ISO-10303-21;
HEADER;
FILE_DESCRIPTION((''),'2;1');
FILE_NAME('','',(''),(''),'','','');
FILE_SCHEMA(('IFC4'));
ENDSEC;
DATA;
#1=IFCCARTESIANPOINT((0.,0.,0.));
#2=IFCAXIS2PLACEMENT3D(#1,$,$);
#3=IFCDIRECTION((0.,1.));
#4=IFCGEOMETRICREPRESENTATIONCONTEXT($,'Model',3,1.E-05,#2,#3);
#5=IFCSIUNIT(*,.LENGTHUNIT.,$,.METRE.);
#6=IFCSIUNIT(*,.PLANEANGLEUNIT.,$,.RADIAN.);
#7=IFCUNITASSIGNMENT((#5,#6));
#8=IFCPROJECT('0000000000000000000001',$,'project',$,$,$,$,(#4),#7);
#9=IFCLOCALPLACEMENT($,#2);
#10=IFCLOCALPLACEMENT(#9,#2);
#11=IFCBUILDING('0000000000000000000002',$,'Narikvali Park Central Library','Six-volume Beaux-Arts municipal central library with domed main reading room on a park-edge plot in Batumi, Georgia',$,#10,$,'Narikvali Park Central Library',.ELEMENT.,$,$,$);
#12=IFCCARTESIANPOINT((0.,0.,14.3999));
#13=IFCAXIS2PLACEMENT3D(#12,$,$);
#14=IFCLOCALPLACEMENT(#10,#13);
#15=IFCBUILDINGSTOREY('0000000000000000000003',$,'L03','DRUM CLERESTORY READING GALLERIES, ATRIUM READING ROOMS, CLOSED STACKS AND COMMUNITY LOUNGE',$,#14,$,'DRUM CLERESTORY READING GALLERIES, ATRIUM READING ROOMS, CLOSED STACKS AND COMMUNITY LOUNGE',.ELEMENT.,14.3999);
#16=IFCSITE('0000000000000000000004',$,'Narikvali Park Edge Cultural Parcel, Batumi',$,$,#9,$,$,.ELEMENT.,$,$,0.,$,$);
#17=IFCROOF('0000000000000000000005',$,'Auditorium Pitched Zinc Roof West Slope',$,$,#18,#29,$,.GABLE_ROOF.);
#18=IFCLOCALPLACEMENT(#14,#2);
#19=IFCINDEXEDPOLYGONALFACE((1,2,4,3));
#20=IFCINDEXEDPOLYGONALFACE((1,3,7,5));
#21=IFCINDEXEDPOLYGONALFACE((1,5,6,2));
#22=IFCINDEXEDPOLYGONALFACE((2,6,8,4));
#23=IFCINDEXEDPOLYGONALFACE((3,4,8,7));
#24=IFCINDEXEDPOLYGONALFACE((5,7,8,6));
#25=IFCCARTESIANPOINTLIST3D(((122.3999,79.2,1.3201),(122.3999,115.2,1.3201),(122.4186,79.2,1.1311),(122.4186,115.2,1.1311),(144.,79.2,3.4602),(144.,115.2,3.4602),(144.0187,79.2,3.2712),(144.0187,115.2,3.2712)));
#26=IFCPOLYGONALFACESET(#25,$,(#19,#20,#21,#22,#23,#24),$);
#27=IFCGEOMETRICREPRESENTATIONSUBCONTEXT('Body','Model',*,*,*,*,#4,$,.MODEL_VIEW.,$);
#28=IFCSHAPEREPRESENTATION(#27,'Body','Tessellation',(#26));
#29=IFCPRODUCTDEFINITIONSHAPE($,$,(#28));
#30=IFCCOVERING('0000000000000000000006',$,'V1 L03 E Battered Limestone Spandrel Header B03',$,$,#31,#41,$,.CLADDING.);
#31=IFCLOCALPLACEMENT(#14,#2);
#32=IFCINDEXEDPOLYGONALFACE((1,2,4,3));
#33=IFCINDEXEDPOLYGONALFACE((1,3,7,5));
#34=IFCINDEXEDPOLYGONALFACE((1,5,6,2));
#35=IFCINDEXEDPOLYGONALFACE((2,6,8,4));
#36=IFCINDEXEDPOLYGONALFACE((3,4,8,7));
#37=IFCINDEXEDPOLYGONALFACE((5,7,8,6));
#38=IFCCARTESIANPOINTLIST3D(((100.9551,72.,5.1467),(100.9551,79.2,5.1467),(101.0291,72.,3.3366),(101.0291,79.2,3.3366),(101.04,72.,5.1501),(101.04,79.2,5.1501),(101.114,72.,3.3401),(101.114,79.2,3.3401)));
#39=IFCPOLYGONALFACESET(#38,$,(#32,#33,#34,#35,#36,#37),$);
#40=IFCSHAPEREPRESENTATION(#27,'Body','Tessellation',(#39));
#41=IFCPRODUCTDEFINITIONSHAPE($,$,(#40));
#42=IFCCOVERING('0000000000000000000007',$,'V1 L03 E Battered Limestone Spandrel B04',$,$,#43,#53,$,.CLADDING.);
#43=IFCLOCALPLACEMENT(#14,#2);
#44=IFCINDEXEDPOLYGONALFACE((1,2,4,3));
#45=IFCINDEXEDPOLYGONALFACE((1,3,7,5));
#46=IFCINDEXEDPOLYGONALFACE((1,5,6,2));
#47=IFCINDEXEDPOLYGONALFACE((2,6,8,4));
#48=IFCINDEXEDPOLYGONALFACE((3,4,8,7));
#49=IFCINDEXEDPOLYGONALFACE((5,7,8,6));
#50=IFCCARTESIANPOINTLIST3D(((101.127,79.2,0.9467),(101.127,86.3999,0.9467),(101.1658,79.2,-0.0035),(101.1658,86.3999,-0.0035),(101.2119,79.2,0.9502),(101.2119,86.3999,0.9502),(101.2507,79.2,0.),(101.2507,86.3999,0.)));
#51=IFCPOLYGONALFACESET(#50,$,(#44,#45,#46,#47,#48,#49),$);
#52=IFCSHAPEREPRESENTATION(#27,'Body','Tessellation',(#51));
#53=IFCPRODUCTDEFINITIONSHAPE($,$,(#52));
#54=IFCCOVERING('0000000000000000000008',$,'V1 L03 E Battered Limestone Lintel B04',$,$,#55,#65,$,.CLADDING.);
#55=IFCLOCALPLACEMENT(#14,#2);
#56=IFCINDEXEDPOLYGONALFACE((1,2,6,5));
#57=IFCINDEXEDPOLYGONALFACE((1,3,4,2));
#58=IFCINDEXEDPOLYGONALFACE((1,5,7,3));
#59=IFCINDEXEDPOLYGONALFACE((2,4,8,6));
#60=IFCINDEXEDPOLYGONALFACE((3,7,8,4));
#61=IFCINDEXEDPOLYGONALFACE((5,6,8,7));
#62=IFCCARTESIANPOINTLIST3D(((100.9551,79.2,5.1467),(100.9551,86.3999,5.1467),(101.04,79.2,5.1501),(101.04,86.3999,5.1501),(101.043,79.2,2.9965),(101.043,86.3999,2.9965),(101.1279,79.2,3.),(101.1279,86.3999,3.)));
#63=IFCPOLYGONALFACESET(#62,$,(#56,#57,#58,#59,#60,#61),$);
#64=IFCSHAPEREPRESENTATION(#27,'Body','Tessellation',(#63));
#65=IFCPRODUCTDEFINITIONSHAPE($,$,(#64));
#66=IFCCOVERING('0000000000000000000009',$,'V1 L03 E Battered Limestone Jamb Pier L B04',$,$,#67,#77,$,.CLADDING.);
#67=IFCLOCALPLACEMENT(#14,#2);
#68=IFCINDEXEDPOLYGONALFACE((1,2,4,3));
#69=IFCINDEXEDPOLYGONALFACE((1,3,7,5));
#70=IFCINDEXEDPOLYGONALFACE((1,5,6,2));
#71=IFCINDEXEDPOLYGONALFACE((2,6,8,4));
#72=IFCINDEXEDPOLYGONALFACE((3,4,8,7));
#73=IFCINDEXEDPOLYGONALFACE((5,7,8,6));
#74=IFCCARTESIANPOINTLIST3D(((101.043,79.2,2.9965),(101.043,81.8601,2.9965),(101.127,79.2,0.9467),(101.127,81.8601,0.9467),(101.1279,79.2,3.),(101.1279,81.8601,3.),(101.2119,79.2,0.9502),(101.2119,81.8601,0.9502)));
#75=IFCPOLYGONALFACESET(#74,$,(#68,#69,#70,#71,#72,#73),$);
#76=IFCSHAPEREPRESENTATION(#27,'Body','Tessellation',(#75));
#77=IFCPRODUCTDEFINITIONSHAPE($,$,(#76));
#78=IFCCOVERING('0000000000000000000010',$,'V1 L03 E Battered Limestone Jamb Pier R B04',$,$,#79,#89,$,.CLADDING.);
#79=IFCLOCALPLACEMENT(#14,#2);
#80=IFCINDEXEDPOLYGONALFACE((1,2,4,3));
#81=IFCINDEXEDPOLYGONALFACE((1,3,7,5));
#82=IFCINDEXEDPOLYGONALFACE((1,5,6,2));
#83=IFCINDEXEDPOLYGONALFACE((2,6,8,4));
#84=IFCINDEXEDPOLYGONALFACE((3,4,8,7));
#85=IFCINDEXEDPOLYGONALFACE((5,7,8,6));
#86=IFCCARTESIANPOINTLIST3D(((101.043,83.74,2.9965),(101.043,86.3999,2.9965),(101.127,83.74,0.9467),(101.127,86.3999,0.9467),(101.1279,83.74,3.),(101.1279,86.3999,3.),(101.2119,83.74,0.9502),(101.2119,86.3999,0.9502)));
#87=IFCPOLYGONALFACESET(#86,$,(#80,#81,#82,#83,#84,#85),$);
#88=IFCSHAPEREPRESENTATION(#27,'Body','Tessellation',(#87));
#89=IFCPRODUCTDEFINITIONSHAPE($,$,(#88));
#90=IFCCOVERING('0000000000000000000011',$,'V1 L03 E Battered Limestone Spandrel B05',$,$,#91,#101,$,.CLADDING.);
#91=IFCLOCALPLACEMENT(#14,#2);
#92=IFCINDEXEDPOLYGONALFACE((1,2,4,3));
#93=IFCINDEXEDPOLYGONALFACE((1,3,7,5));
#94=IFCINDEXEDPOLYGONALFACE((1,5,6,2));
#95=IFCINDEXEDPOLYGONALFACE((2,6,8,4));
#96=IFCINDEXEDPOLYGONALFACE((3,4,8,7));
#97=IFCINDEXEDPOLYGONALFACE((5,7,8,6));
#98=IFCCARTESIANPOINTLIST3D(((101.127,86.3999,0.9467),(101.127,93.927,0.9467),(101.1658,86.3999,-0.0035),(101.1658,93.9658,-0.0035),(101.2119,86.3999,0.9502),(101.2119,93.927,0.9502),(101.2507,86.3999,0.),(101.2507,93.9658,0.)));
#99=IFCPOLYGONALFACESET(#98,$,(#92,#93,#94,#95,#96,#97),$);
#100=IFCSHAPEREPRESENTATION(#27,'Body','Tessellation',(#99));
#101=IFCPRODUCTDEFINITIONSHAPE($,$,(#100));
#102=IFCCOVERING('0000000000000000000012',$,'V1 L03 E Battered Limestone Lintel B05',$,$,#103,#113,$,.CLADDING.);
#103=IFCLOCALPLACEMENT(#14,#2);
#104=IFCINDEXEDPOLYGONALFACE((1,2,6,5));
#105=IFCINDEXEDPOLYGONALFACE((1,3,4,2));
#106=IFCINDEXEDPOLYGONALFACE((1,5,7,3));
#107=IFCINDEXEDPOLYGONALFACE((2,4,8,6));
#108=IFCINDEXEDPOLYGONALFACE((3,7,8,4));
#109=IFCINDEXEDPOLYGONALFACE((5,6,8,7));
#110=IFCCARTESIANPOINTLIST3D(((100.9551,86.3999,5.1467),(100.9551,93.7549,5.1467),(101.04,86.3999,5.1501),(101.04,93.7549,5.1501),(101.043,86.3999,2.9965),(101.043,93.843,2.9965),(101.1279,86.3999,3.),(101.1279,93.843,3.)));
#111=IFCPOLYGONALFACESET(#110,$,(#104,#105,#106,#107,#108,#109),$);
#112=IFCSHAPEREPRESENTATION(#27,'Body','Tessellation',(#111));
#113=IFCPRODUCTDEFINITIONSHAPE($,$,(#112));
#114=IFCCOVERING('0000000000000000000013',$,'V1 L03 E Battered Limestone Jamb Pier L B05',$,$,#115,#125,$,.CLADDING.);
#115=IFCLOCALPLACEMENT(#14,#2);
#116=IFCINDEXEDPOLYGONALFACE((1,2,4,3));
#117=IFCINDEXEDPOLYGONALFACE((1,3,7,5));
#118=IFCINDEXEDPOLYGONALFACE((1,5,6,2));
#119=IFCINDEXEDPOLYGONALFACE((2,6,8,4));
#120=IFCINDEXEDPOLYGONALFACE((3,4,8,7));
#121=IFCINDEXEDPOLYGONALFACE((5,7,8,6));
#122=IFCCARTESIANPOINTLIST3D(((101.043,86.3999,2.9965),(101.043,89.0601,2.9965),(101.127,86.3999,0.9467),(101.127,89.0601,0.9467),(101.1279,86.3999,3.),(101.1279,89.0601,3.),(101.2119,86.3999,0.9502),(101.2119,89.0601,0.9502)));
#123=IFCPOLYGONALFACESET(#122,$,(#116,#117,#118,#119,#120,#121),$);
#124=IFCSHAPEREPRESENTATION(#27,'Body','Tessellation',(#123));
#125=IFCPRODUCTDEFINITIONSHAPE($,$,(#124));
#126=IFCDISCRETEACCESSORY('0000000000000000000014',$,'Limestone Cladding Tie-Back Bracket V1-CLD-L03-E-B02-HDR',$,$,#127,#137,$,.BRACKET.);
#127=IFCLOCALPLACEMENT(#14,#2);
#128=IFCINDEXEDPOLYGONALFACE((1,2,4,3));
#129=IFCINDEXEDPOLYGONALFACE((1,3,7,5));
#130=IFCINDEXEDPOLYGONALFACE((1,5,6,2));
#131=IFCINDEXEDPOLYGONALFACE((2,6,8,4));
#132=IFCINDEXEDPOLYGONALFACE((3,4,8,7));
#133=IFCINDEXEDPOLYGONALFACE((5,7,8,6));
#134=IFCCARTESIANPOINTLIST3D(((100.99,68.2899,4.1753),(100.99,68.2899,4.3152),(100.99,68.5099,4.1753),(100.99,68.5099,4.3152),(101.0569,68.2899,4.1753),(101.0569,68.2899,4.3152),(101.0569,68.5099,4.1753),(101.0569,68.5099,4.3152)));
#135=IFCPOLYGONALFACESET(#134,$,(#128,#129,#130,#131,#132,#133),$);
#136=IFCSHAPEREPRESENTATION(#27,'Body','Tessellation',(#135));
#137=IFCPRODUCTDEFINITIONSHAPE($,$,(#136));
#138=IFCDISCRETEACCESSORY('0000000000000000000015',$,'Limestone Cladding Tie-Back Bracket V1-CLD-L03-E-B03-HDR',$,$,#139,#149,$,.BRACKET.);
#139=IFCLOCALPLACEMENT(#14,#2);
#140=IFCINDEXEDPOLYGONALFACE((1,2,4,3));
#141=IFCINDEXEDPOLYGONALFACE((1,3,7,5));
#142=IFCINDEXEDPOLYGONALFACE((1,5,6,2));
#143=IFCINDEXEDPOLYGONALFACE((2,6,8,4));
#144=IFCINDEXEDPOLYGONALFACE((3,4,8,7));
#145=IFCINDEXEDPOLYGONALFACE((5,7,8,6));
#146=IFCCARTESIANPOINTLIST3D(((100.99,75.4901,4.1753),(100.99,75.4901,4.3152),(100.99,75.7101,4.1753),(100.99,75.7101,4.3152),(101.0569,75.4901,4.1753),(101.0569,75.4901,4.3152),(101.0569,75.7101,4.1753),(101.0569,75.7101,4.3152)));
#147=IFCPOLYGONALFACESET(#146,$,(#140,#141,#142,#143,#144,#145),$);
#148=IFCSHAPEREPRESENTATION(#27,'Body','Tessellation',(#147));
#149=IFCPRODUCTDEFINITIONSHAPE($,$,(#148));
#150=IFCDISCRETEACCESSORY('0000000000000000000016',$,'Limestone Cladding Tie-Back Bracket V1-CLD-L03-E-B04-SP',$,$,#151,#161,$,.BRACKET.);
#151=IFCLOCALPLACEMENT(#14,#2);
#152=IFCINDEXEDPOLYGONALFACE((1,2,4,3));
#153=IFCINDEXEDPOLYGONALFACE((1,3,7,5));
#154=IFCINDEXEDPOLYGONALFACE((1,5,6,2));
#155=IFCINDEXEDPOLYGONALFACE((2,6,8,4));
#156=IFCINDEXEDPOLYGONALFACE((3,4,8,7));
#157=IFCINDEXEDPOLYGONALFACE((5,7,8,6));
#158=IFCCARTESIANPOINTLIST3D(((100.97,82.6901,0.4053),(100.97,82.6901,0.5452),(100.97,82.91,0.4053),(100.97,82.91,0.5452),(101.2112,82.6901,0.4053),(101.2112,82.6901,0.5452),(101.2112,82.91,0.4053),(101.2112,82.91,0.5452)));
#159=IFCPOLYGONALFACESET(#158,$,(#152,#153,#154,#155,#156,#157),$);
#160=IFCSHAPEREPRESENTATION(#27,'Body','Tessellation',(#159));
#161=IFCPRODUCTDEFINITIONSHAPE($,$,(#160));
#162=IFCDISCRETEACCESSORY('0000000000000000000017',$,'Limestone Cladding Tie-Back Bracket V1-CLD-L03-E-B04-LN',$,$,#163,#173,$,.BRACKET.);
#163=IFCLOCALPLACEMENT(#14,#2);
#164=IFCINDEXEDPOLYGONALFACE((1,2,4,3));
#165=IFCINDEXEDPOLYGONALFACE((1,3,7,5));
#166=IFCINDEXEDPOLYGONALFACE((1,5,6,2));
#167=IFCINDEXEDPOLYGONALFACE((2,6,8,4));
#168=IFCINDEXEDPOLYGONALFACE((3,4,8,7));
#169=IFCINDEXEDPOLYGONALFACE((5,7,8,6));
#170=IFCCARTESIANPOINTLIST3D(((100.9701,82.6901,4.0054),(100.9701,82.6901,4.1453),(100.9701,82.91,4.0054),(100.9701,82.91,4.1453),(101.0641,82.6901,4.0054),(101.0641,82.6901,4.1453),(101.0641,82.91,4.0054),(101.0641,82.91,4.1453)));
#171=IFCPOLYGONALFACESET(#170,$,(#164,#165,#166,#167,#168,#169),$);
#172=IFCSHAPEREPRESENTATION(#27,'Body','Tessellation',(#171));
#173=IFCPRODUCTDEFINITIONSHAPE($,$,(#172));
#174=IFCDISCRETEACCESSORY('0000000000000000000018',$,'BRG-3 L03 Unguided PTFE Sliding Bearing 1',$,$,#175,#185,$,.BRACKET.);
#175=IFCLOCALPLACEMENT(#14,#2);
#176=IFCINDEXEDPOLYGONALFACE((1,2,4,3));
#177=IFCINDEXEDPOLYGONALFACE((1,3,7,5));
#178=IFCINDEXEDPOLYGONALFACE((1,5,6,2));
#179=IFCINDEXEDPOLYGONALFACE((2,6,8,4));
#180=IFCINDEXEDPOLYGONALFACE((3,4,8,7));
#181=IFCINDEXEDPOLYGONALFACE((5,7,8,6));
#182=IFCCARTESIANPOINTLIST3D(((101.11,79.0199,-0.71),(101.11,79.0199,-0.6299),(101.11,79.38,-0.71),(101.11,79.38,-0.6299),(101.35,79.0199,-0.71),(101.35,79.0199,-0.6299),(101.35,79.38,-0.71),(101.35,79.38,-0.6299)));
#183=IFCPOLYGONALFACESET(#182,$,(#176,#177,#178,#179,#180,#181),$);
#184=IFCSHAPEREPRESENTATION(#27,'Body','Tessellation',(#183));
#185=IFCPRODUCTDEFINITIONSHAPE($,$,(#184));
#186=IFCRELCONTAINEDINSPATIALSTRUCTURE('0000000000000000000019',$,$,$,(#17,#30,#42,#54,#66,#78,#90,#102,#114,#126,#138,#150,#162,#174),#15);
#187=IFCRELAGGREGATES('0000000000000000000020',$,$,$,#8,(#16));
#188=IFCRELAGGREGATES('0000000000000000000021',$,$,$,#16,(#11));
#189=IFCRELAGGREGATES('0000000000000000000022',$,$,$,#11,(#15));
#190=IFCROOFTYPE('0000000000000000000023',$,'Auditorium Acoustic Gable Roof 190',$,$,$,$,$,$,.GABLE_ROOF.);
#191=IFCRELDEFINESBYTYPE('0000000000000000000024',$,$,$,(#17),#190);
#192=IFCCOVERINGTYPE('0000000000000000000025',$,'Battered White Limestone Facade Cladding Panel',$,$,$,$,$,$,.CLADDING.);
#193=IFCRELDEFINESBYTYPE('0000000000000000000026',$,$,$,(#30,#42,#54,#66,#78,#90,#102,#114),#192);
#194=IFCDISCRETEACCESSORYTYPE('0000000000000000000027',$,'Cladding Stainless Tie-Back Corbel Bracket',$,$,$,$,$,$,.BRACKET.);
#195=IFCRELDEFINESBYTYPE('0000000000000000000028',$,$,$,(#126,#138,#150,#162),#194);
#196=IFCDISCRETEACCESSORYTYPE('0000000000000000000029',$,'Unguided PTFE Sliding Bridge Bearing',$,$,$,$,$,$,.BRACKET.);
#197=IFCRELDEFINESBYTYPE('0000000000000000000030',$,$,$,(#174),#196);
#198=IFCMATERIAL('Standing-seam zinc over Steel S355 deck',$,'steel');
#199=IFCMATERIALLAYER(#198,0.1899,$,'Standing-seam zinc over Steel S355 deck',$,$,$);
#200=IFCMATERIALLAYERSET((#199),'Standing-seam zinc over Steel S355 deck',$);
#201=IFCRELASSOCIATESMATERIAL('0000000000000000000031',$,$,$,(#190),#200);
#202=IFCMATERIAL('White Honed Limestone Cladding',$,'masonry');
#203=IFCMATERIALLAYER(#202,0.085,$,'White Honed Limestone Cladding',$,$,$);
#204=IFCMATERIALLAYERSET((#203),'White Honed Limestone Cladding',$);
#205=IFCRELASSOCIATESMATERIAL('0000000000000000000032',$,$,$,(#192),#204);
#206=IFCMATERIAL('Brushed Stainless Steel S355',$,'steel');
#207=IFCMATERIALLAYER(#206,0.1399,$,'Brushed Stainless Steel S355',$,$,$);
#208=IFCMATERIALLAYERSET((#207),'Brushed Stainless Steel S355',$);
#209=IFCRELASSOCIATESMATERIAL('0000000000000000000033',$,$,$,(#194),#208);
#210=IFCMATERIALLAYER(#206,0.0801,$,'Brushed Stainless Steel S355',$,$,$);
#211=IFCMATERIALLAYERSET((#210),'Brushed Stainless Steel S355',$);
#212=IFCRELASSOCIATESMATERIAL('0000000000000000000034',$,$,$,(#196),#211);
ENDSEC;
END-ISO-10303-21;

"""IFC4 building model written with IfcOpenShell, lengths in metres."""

from ifc_helpers import new_model, si_unit, direction, frame, origin, origin_2d, place, context, subcontext, project, spatial, polyline, rectangle, outline, extrude, material, layer, layer_set, type_object, element, save


model = new_model("IFC4")

# Units and contexts
model_context = context("Model", 3, precision=1e-05, world=origin(), true_north=direction((0.0, 1.0)))
body_context = subcontext(model_context, "Body", "Model", "MODEL_VIEW")
ifc_project = project(units=[si_unit("LENGTHUNIT", "METRE"), si_unit("PLANEANGLEUNIT", "RADIAN")], contexts=[model_context])

# Site, building, storey
site_placement = place(None, origin())
site = spatial("IfcSite", under=ifc_project, at=site_placement, Name="Narikvali Park Edge Cultural Parcel, Batumi", CompositionType="ELEMENT", RefElevation=0.0)
building_placement = place(site_placement, origin())
building = spatial("IfcBuilding", under=site, at=building_placement, Name="Narikvali Park Central Library", Description="Six-volume Beaux-Arts municipal central library with domed main reading room on a park-edge plot in Batumi, Georgia", LongName="Narikvali Park Central Library", CompositionType="ELEMENT")
storey_placement = place(building_placement, frame((0.0, 0.0, 14.3999)))
storey = spatial("IfcBuildingStorey", under=building, at=storey_placement, Name="L03", Description="DRUM CLERESTORY READING GALLERIES, ATRIUM READING ROOMS, CLOSED STACKS AND COMMUNITY LOUNGE", LongName="DRUM CLERESTORY READING GALLERIES, ATRIUM READING ROOMS, CLOSED STACKS AND COMMUNITY LOUNGE", CompositionType="ELEMENT", Elevation=14.3999)

# Shared definitions
ifc_material_1 = material(Name="White Honed Limestone Cladding", Category="masonry")

# Roof
ifc_material_2 = material(Name="Standing-seam zinc over Steel S355 deck", Category="steel")
ifc_layer_1 = layer(ifc_material_2, 0.1899, Name="Standing-seam zinc over Steel S355 deck")
ifc_layer_set_1 = layer_set([ifc_layer_1], Name="Standing-seam zinc over Steel S355 deck")
roof_type = type_object("IfcRoofType", Name="Auditorium Acoustic Gable Roof 190", PredefinedType="GABLE_ROOF", material=ifc_layer_set_1)
roof_placement = place(storey_placement, frame((122.3999, 79.2, 1.3201), z_axis=(-0.098597, 0.0, 0.995127), x_axis=(0.995127, 0.0, 0.098597)))
element("IfcRoof", 1, at=roof_placement, inside=storey, type_object=roof_type, Name="Auditorium Pitched Zinc Roof West Slope", PredefinedType="GABLE_ROOF", context=body_context, shape_type="SweptSolid", body=[
    extrude(outline(polyline([(0.0, 0.0), (21.7059, 0.0), (21.7059, 36.0), (0.0, 36.0), (0.0, 0.0)])), origin(), (0.0, 0.0, -1.0), 0.1899),
])

# Coverings
ifc_layer_2 = layer(ifc_material_1, 0.085, Name="White Honed Limestone Cladding")
ifc_layer_set_2 = layer_set([ifc_layer_2], Name="White Honed Limestone Cladding")
covering_type = type_object("IfcCoveringType", Name="Battered White Limestone Facade Cladding Panel", PredefinedType="CLADDING", material=ifc_layer_set_2)
covering_1_placement = place(storey_placement, frame((101.114, 72.0, 3.3401), z_axis=(0.999166, 0.0, 0.040835), x_axis=(0.0, 1.0, 0.0)))
element("IfcCovering", 2, at=covering_1_placement, inside=storey, type_object=covering_type, Name="V1 L03 E Battered Limestone Spandrel Header B03", PredefinedType="CLADDING", context=body_context, shape_type="SweptSolid", body=[
    extrude(outline(polyline([(0.0, 0.0), (7.2, 0.0), (7.2, 1.8116), (0.0, 1.8116), (0.0, 0.0)])), origin(), (0.0, 0.0, -1.0), 0.085),
])
covering_2_placement = place(storey_placement, frame((101.2507, 79.2, 0.0), z_axis=(0.999167, 0.0, 0.040819), x_axis=(0.0, 1.0, 0.0)))
element("IfcCovering", 3, at=covering_2_placement, inside=storey, type_object=covering_type, Name="V1 L03 E Battered Limestone Spandrel B04", PredefinedType="CLADDING", context=body_context, shape_type="SweptSolid", body=[
    extrude(outline(polyline([(0.0, 0.0), (7.2, 0.0), (7.2, 0.951), (0.0, 0.951), (0.0, 0.0)])), origin(), (0.0, 0.0, -1.0), 0.085),
])
covering_3_placement = place(storey_placement, frame((101.1279, 79.2, 3.0), z_axis=(0.999166, 0.0, 0.040842), x_axis=(0.0, 1.0, 0.0)))
element("IfcCovering", 4, at=covering_3_placement, inside=storey, type_object=covering_type, Name="V1 L03 E Battered Limestone Lintel B04", PredefinedType="CLADDING", context=body_context, shape_type="SweptSolid", body=[
    extrude(outline(polyline([(0.0, 0.0), (7.2, 0.0), (7.2, 2.1519), (0.0, 2.1519), (0.0, 0.0)])), origin(), (0.0, 0.0, -1.0), 0.085),
])
covering_4_placement = place(storey_placement, frame((101.2119, 79.2, 0.9502), z_axis=(0.999162, 0.0, 0.040938), x_axis=(0.0, 1.0, 0.0)))
element("IfcCovering", 5, at=covering_4_placement, inside=storey, type_object=covering_type, Name="V1 L03 E Battered Limestone Jamb Pier L B04", PredefinedType="CLADDING", context=body_context, shape_type="SweptSolid", body=[
    extrude(outline(polyline([(0.0, 0.0), (2.6602, 0.0), (2.6602, 2.0515), (0.0, 2.0515), (0.0, 0.0)])), origin(), (0.0, 0.0, -1.0), 0.085),
])
covering_5_placement = place(storey_placement, frame((101.2119, 83.74, 0.9502), z_axis=(0.999162, 0.0, 0.040938), x_axis=(0.0, 1.0, 0.0)))
element("IfcCovering", 6, at=covering_5_placement, inside=storey, type_object=covering_type, Name="V1 L03 E Battered Limestone Jamb Pier R B04", PredefinedType="CLADDING", context=body_context, shape_type="SweptSolid", body=[
    extrude(outline(polyline([(0.0, 0.0), (2.6599, 0.0), (2.6599, 2.0515), (0.0, 2.0515), (0.0, 0.0)])), origin(), (0.0, 0.0, -1.0), 0.085),
])
covering_6_placement = place(storey_placement, frame((101.2507, 86.3999, 0.0), z_axis=(0.999167, 0.0, 0.040819), x_axis=(0.0, 1.0, 0.0)))
element("IfcCovering", 7, at=covering_6_placement, inside=storey, type_object=covering_type, Name="V1 L03 E Battered Limestone Spandrel B05", PredefinedType="CLADDING", context=body_context, shape_type="SweptSolid", body=[
    extrude(outline(polyline([(0.0, 0.0), (7.5659, 0.0), (7.5271, 0.951), (0.0, 0.951), (0.0, 0.0)])), origin(), (0.0, 0.0, -1.0), 0.085),
])
covering_7_placement = place(storey_placement, frame((101.1279, 86.3999, 3.0), z_axis=(0.999166, 0.0, 0.040842), x_axis=(0.0, 1.0, 0.0)))
element("IfcCovering", 8, at=covering_7_placement, inside=storey, type_object=covering_type, Name="V1 L03 E Battered Limestone Lintel B05", PredefinedType="CLADDING", context=body_context, shape_type="SweptSolid", body=[
    extrude(outline(polyline([(0.0, 0.0), (7.4431, 0.0), (7.355, 2.1519), (0.0, 2.1519), (0.0, 0.0)])), origin(), (0.0, 0.0, -1.0), 0.085),
])
covering_8_placement = place(storey_placement, frame((101.2119, 86.3999, 0.9502), z_axis=(0.999162, 0.0, 0.040938), x_axis=(0.0, 1.0, 0.0)))
element("IfcCovering", 9, at=covering_8_placement, inside=storey, type_object=covering_type, Name="V1 L03 E Battered Limestone Jamb Pier L B05", PredefinedType="CLADDING", context=body_context, shape_type="SweptSolid", body=[
    extrude(outline(polyline([(0.0, 0.0), (2.6602, 0.0), (2.6602, 2.0515), (0.0, 2.0515), (0.0, 0.0)])), origin(), (0.0, 0.0, -1.0), 0.085),
])

# Discrete accessories
ifc_material_3 = material(Name="Brushed Stainless Steel S355", Category="steel")
ifc_layer_3 = layer(ifc_material_3, 0.1399, Name="Brushed Stainless Steel S355")
ifc_layer_set_3 = layer_set([ifc_layer_3], Name="Brushed Stainless Steel S355")
discrete_accessory_type_1 = type_object("IfcDiscreteAccessoryType", Name="Cladding Stainless Tie-Back Corbel Bracket", PredefinedType="BRACKET", material=ifc_layer_set_3)
for number, where, z_axis, x_axis, name in (
    (10, (101.0234, 68.3999, 4.1753), (0.0, 0.0, 1.0), (1.0, 0.0, 0.0), "Limestone Cladding Tie-Back Bracket V1-CLD-L03-E-B02-HDR"),
    (11, (101.0234, 75.6001, 4.1753), (0.0, 0.0, 1.0), (1.0, 0.0, 0.0), "Limestone Cladding Tie-Back Bracket V1-CLD-L03-E-B03-HDR"),
):
    element("IfcDiscreteAccessory", number, at=place(storey_placement, frame(where, z_axis=z_axis, x_axis=x_axis)), inside=storey, type_object=discrete_accessory_type_1, Name=name, PredefinedType="BRACKET", context=body_context, shape_type="SweptSolid", body=[
        extrude(rectangle(XDim=0.0669, YDim=0.22, at=origin_2d()), origin(), (0.0, 0.0, 1.0), 0.1399),
    ])
discrete_accessory_1_placement = place(storey_placement, frame((101.0906, 82.8, 0.4053), z_axis=(0.0, 0.0, 1.0), x_axis=(1.0, 0.0, 0.0)))
element("IfcDiscreteAccessory", 12, at=discrete_accessory_1_placement, inside=storey, type_object=discrete_accessory_type_1, Name="Limestone Cladding Tie-Back Bracket V1-CLD-L03-E-B04-SP", PredefinedType="BRACKET", context=body_context, shape_type="SweptSolid", body=[
    extrude(rectangle(XDim=0.2412, YDim=0.22, at=origin_2d()), origin(), (0.0, 0.0, 1.0), 0.1399),
])
discrete_accessory_2_placement = place(storey_placement, frame((101.0171, 82.8, 4.0054), z_axis=(0.0, 0.0, 1.0), x_axis=(1.0, 0.0, 0.0)))
element("IfcDiscreteAccessory", 13, at=discrete_accessory_2_placement, inside=storey, type_object=discrete_accessory_type_1, Name="Limestone Cladding Tie-Back Bracket V1-CLD-L03-E-B04-LN", PredefinedType="BRACKET", context=body_context, shape_type="SweptSolid", body=[
    extrude(rectangle(XDim=0.094, YDim=0.22, at=origin_2d()), origin(), (0.0, 0.0, 1.0), 0.1399),
])
ifc_layer_4 = layer(ifc_material_3, 0.0801, Name="Brushed Stainless Steel S355")
ifc_layer_set_4 = layer_set([ifc_layer_4], Name="Brushed Stainless Steel S355")
discrete_accessory_type_2 = type_object("IfcDiscreteAccessoryType", Name="Unguided PTFE Sliding Bridge Bearing", PredefinedType="BRACKET", material=ifc_layer_set_4)
for number, where, z_axis, x_axis, name in (
    (14, (101.23, 79.2, -0.71), (0.0, 0.0, 1.0), (1.0, 0.0, 0.0), "BRG-3 L03 Unguided PTFE Sliding Bearing 1"),
):
    element("IfcDiscreteAccessory", number, at=place(storey_placement, frame(where, z_axis=z_axis, x_axis=x_axis)), inside=storey, type_object=discrete_accessory_type_2, Name=name, PredefinedType="BRACKET", context=body_context, shape_type="SweptSolid", body=[
        extrude(rectangle(XDim=0.24, YDim=0.3601, at=origin_2d()), origin(), (0.0, 0.0, 1.0), 0.0801),
    ])

save(model, "model.ifc")
